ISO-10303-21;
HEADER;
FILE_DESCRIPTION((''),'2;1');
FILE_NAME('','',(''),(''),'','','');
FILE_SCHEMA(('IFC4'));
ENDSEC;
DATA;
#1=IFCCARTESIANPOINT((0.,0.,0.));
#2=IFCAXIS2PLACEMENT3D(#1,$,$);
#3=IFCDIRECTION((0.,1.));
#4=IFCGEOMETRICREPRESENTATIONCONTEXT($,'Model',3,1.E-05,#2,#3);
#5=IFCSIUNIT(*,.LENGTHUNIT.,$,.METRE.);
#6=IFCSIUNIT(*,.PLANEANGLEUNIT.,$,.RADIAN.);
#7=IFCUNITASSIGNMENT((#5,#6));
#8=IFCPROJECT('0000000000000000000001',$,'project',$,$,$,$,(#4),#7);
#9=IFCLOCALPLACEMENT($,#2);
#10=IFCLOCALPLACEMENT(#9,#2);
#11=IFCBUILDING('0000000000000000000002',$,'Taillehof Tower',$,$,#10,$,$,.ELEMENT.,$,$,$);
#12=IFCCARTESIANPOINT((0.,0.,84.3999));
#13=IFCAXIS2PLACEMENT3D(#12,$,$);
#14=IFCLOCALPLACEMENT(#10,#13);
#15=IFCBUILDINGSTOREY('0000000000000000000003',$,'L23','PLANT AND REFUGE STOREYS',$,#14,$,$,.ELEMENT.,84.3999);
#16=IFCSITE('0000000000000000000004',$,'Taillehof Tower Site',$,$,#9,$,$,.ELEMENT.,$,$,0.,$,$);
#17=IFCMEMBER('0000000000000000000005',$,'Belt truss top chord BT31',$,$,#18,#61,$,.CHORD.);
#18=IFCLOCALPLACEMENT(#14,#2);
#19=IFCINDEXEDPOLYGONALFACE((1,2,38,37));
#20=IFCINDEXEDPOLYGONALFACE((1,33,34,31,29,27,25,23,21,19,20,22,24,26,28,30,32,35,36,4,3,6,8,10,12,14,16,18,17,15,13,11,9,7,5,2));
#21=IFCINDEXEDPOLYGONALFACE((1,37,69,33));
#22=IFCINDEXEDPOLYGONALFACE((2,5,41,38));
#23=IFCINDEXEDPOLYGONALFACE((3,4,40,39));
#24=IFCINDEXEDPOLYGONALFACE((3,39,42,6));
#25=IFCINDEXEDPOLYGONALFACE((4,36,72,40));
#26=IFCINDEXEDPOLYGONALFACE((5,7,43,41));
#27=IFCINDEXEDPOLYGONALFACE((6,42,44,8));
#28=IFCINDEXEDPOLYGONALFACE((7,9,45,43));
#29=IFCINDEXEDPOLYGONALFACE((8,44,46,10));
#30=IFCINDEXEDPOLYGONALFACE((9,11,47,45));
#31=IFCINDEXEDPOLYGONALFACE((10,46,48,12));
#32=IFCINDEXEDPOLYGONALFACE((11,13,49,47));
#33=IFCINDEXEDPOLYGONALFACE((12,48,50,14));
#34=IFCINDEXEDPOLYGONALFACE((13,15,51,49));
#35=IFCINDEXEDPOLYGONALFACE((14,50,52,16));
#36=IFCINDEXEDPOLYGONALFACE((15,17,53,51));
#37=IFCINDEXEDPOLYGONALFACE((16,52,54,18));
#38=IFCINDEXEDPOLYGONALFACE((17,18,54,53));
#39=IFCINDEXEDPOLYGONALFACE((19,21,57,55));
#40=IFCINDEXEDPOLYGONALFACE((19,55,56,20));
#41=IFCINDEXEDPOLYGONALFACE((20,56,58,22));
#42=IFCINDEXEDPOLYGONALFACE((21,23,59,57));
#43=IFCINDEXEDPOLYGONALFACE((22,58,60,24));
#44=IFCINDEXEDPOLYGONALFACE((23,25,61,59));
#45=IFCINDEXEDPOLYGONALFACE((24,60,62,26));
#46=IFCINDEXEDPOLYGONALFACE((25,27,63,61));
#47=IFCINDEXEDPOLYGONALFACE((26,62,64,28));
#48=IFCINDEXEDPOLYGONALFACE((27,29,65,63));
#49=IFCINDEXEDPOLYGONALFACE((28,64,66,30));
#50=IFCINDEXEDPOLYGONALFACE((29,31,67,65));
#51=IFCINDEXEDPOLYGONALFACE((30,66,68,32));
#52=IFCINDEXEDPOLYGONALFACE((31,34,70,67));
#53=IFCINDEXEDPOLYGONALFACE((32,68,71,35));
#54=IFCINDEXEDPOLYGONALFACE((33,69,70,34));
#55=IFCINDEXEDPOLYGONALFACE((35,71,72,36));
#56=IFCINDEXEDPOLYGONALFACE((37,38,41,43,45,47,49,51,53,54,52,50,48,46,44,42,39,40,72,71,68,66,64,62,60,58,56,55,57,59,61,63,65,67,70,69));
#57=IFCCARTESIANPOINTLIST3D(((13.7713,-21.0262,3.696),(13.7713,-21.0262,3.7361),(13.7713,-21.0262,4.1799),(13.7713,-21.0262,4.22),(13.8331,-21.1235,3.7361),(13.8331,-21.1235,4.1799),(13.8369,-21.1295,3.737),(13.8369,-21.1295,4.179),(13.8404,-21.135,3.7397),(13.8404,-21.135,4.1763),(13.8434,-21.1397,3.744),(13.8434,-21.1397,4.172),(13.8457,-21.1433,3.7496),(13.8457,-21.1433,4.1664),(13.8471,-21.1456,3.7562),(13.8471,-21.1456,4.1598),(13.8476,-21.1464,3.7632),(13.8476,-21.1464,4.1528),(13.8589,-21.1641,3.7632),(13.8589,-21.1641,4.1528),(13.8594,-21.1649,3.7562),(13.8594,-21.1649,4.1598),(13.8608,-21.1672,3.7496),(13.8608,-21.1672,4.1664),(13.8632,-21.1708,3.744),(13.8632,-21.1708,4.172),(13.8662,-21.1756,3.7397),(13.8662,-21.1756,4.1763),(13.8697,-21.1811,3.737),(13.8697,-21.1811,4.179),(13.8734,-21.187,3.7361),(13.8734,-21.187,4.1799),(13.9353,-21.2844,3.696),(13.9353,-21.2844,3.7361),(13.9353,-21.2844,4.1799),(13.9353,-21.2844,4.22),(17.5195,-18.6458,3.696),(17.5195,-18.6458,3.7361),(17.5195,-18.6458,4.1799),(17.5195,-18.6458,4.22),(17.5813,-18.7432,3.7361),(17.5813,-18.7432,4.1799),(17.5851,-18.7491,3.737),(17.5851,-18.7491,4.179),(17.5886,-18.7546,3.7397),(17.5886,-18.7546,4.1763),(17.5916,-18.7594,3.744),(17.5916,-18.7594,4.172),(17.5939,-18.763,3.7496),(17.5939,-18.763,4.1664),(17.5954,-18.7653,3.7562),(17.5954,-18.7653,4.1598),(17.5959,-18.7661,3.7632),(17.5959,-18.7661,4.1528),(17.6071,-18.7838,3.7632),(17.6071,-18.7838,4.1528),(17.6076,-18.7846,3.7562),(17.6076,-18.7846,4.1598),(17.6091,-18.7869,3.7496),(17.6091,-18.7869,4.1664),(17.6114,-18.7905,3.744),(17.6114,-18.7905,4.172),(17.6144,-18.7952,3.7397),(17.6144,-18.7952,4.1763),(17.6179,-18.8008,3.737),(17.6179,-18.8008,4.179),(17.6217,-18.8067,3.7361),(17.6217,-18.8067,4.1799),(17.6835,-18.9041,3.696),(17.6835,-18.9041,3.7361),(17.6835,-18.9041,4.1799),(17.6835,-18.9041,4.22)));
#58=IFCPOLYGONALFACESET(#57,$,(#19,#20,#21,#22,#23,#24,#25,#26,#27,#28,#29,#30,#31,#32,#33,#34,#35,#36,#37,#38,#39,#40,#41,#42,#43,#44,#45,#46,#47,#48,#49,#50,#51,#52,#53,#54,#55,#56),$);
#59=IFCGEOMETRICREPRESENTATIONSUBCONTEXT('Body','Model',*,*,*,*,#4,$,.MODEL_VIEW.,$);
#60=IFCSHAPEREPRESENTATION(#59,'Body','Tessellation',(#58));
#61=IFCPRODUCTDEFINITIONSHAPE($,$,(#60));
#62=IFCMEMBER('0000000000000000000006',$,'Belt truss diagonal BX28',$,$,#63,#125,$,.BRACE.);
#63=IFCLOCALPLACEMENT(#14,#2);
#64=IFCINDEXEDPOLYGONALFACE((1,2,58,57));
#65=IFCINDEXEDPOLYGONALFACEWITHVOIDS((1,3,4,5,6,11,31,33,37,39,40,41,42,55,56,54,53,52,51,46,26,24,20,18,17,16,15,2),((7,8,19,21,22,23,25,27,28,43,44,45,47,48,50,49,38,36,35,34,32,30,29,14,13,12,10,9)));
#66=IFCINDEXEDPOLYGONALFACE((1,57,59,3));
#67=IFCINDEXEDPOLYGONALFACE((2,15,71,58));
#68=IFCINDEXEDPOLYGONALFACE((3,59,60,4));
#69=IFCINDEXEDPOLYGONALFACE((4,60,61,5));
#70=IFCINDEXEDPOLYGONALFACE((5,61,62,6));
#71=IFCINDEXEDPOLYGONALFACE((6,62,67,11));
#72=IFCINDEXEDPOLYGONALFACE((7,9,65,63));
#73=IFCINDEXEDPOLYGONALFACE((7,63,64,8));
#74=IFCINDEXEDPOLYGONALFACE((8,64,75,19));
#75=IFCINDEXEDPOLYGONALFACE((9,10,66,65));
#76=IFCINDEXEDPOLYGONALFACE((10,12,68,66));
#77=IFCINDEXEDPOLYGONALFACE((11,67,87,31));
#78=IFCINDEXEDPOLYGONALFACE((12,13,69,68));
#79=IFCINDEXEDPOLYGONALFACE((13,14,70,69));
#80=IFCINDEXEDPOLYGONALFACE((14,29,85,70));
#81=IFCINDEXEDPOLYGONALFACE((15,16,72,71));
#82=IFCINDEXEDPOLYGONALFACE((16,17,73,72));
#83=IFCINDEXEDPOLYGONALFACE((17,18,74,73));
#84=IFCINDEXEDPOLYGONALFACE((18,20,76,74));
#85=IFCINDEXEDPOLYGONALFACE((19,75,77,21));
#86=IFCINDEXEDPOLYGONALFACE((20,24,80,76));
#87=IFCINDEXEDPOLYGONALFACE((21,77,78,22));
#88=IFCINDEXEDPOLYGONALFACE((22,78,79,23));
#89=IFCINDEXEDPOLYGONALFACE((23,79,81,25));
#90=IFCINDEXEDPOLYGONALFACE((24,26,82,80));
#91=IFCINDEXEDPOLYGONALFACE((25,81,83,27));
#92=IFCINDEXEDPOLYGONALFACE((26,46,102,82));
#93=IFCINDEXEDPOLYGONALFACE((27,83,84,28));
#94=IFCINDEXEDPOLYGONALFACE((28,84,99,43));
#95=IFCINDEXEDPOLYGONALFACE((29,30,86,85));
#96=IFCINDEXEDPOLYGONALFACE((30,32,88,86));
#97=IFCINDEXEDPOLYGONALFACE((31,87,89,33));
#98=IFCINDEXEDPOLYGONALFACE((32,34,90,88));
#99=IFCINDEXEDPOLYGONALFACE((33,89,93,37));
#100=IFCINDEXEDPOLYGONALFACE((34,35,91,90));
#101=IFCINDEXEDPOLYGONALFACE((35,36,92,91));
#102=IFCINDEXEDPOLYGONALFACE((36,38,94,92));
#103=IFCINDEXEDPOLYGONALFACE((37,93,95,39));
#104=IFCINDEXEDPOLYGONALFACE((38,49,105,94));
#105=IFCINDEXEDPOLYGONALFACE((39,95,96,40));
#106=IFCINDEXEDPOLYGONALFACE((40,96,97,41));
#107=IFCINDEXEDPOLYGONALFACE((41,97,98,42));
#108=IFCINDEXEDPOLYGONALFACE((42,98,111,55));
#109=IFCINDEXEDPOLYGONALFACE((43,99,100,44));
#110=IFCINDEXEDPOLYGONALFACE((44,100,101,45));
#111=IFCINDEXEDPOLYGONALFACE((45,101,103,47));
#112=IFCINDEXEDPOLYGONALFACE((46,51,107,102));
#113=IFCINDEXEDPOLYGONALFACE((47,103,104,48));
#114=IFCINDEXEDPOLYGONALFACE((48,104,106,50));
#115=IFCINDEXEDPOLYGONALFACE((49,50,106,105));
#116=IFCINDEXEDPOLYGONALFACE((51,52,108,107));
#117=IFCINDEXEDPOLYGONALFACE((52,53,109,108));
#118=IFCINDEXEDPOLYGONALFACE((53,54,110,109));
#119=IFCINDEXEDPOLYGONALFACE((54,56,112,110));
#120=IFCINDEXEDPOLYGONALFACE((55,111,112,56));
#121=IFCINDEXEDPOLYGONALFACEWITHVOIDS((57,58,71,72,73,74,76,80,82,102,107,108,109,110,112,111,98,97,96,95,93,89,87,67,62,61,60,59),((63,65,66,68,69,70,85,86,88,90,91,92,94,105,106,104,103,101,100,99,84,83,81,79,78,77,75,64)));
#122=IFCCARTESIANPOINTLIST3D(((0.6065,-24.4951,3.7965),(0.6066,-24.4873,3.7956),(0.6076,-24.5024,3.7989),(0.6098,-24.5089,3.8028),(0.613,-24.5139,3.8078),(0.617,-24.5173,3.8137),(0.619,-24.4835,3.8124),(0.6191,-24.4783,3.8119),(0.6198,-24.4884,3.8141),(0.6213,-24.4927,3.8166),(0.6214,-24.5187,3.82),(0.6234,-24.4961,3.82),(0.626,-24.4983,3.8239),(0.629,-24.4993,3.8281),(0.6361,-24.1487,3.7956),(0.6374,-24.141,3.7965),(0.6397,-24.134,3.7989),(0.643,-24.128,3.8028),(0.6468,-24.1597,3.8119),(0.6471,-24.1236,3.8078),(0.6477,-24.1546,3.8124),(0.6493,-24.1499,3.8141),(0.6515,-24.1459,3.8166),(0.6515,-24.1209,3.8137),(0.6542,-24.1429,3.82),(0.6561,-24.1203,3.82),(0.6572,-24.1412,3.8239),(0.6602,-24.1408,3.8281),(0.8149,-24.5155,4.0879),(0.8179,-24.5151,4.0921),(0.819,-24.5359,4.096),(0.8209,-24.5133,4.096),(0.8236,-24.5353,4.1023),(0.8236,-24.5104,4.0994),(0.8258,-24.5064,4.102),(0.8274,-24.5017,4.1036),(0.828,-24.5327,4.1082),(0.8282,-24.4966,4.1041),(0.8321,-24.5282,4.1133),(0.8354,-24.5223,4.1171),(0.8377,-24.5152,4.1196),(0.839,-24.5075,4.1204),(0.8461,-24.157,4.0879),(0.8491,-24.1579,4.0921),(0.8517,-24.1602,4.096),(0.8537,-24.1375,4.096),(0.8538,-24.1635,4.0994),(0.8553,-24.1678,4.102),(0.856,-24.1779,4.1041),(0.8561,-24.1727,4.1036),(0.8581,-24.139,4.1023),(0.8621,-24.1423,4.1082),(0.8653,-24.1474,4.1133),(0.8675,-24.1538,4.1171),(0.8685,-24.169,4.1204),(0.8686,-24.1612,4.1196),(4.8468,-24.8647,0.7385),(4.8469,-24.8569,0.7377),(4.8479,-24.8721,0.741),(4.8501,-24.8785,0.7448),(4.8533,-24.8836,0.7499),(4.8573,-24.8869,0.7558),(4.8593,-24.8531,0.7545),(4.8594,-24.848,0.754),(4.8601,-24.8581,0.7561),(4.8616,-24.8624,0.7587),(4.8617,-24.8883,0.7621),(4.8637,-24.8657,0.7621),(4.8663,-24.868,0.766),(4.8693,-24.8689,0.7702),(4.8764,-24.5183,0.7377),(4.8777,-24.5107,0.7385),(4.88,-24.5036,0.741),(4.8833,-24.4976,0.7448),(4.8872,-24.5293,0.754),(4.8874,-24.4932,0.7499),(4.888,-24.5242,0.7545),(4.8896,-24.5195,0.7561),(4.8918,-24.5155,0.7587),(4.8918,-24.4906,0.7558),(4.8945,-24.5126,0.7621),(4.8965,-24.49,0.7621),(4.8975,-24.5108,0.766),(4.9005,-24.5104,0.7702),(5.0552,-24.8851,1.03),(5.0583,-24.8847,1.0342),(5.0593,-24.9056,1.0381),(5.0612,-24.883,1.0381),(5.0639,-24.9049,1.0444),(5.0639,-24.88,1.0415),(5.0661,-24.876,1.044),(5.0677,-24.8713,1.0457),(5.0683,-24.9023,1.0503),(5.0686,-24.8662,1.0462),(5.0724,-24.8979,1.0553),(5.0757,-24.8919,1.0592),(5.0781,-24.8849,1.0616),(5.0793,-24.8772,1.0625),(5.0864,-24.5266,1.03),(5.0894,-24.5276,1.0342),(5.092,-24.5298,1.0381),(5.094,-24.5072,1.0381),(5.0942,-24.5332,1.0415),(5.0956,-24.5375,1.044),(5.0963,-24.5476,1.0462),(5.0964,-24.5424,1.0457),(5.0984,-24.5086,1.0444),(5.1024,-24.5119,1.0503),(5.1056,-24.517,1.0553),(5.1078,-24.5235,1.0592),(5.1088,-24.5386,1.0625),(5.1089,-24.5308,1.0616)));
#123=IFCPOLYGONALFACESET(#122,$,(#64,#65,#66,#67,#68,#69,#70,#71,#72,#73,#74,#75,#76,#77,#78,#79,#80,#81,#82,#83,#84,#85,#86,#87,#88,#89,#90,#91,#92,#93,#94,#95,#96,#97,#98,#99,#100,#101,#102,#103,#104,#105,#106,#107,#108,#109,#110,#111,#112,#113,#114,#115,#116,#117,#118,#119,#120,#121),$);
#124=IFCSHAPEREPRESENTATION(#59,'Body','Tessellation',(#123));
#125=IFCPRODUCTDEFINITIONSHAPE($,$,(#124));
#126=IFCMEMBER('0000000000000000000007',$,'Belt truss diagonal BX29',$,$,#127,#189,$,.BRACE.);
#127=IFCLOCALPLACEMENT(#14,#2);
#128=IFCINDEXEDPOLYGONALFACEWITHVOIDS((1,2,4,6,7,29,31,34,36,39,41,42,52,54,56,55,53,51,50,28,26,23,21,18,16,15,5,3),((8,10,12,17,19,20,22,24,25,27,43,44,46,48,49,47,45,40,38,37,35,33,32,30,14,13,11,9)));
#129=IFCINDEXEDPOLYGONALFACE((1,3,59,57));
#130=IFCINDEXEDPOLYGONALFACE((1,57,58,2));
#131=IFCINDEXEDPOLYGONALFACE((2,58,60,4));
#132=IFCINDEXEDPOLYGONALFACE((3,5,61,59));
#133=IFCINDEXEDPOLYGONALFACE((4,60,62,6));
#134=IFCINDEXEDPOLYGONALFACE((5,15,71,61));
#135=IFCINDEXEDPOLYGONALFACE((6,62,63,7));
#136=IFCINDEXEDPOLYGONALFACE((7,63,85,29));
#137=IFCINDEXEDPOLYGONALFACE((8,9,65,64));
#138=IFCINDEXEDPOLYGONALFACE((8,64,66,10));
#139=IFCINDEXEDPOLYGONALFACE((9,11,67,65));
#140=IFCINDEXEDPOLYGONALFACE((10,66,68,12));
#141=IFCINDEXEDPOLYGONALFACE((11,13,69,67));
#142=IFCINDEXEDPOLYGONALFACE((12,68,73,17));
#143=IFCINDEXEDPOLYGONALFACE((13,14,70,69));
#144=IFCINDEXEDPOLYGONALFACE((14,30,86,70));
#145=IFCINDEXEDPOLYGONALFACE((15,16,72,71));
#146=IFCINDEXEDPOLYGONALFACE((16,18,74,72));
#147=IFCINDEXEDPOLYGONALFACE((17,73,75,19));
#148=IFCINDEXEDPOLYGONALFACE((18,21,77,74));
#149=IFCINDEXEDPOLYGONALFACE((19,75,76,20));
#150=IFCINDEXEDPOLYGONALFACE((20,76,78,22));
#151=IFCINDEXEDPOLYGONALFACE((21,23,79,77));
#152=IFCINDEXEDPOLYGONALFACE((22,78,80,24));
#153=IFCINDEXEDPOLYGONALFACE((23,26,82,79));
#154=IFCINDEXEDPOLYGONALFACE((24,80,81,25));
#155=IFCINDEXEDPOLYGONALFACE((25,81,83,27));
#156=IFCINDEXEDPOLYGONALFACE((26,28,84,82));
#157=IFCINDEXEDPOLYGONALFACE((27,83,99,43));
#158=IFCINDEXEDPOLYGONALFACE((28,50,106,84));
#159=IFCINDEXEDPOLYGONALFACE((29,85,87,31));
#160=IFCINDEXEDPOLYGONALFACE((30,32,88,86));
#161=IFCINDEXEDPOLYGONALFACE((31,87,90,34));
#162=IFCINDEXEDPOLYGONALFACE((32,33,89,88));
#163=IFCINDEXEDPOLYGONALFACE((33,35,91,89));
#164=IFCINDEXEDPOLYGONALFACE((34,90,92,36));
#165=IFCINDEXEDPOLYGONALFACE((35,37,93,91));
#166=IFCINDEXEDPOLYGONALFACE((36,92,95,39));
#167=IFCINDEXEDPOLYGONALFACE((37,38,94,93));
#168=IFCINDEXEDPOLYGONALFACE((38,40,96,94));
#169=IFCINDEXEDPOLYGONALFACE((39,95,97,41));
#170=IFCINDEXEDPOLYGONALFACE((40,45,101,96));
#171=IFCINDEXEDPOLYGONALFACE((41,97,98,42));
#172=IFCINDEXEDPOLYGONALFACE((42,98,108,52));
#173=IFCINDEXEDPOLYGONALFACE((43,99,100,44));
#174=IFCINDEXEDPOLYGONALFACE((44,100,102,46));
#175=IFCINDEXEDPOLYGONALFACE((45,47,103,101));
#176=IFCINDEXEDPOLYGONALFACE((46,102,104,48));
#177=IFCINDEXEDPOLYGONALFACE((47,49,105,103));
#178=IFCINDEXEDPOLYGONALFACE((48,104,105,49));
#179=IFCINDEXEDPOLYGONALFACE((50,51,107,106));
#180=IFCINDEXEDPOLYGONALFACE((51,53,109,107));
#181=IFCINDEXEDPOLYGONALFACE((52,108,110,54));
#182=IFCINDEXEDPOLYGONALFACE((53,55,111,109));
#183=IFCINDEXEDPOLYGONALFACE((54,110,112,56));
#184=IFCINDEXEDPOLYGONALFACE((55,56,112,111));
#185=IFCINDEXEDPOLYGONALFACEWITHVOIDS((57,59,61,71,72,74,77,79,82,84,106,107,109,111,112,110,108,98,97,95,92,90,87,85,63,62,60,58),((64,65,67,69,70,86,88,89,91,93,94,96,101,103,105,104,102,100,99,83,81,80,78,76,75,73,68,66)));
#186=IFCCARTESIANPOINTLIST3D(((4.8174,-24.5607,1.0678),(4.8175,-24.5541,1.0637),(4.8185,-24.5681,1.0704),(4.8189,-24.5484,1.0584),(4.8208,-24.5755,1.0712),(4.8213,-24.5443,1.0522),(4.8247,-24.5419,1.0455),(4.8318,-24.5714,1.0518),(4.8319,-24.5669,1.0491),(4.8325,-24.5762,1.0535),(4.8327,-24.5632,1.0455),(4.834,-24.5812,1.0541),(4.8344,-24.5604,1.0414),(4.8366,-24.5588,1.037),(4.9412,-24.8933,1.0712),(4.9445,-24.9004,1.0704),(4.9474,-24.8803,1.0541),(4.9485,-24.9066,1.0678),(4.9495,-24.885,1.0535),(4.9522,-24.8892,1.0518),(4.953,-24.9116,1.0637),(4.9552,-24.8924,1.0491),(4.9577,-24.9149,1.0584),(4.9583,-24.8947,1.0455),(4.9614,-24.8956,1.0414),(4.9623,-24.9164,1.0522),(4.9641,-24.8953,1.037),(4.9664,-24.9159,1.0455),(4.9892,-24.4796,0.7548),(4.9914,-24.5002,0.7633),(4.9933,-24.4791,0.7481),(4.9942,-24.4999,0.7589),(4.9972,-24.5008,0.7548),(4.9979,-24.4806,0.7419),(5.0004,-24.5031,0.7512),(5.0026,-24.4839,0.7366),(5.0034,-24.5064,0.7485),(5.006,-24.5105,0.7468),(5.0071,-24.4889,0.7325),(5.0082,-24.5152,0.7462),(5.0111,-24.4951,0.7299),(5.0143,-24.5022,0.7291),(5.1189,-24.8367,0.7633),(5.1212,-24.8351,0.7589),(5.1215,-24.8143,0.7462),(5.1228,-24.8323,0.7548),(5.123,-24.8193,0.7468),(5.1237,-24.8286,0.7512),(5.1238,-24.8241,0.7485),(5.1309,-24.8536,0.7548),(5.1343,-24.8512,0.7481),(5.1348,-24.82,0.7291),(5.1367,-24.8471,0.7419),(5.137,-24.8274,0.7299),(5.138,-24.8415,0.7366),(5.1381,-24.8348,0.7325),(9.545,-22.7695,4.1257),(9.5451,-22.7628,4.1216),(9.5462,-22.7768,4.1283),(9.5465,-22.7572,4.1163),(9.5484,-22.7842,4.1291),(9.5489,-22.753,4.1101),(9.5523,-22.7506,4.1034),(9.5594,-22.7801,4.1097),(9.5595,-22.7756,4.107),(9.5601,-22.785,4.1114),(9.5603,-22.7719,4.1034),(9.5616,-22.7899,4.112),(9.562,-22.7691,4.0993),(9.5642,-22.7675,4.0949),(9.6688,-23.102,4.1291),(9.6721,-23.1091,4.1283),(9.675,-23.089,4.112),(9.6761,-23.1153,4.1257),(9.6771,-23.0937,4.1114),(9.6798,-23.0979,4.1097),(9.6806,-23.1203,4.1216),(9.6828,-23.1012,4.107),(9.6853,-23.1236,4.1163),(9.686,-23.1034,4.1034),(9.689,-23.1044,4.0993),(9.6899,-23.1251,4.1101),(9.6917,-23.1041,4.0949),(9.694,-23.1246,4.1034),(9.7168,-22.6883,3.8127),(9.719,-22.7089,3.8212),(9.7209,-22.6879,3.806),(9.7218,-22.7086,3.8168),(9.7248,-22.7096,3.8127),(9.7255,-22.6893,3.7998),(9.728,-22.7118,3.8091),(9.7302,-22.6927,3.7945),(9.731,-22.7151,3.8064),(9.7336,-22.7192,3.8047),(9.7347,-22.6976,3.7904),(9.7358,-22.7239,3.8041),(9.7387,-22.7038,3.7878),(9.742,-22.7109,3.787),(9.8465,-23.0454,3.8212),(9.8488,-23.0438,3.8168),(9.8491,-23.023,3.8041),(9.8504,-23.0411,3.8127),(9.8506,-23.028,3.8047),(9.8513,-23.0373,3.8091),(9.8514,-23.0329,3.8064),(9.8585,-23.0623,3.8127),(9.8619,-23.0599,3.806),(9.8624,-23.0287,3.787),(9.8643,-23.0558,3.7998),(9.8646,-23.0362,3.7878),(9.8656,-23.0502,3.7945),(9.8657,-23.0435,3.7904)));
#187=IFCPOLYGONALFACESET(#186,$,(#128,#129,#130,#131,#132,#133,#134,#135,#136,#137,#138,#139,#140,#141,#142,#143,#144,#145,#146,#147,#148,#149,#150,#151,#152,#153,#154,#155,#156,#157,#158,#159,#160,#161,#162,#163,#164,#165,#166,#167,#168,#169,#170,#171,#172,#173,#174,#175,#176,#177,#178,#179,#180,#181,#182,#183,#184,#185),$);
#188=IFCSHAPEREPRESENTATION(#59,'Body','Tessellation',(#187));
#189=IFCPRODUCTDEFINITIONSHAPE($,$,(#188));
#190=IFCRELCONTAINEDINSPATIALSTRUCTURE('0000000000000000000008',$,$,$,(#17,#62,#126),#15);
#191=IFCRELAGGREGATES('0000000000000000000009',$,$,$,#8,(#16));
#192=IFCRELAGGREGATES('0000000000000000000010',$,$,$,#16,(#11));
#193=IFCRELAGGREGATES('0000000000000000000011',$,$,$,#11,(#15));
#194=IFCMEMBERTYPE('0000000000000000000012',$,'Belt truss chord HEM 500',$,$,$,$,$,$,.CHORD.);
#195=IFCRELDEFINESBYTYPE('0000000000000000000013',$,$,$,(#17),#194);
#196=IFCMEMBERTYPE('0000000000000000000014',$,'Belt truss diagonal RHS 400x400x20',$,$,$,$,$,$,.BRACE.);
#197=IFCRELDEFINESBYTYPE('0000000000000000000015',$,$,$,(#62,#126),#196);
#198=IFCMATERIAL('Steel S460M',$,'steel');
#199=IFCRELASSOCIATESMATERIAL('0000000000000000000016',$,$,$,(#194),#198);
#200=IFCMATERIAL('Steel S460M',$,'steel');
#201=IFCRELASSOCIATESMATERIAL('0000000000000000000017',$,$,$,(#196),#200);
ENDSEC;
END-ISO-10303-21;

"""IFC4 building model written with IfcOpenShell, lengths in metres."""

from ifc_helpers import new_model, si_unit, direction, frame, origin, origin_2d, place, context, subcontext, project, spatial, hollow_rectangle, i_section, extrude, material, material_profile, profile_set, type_object, element, save


model = new_model("IFC4")

# Units and contexts
model_context = context("Model", 3, precision=1e-05, world=origin(), true_north=direction((0.0, 1.0)))
body_context = subcontext(model_context, "Body", "Model", "MODEL_VIEW")
ifc_project = project(units=[si_unit("LENGTHUNIT", "METRE"), si_unit("PLANEANGLEUNIT", "RADIAN")], contexts=[model_context])

# Site, building, storey
site_placement = place(None, origin())
site = spatial("IfcSite", under=ifc_project, at=site_placement, Name="Taillehof Tower Site", CompositionType="ELEMENT", RefElevation=0.0)
building_placement = place(site_placement, origin())
building = spatial("IfcBuilding", under=site, at=building_placement, Name="Taillehof Tower", CompositionType="ELEMENT")
storey_placement = place(building_placement, frame((0.0, 0.0, 84.3999)))
storey = spatial("IfcBuildingStorey", under=building, at=storey_placement, Name="L23", Description="PLANT AND REFUGE STOREYS", CompositionType="ELEMENT", Elevation=84.3999)

# Members
ifc_material_1 = material(Name="Steel S460M", Category="steel")
ifc_material_profile_1 = material_profile(ifc_material_1, i_section(OverallWidth=0.3059, OverallDepth=0.5239, WebThickness=0.021, FlangeThickness=0.04, FilletRadius=0.0271, at=origin_2d()), Name="HEM 500")
ifc_profile_set_1 = profile_set([ifc_material_profile_1], Name="Steel S460M")
member_type_1 = type_object("IfcMemberType", Name="Belt truss chord HEM 500", PredefinedType="CHORD", material=ifc_profile_set_1)
member_1_placement = place(storey_placement, frame((13.8533, -21.1553, 3.958), z_axis=(0.844161, 0.536089, 0.0), x_axis=(-0.536089, 0.844161, 0.0)))
element("IfcMember", 1, at=member_1_placement, inside=storey, type_object=member_type_1, Name="Belt truss top chord BT31", PredefinedType="CHORD", context=body_context, shape_type="SweptSolid", body=[
    extrude(i_section(OverallWidth=0.3059, OverallDepth=0.5239, WebThickness=0.021, FlangeThickness=0.04, FilletRadius=0.0271, at=origin_2d()), origin(), (0.0, 0.0, 1.0), 4.4402),
])
ifc_material_2 = material(Name="Steel S460M", Category="steel")
ifc_material_profile_2 = material_profile(ifc_material_2, hollow_rectangle(XDim=0.3999, YDim=0.3999, WallThickness=0.02, InnerFilletRadius=0.02, OuterFilletRadius=0.03, at=origin_2d()), Name="RHS 400x400x20")
ifc_profile_set_2 = profile_set([ifc_material_profile_2], Name="Steel S460M")
member_type_2 = type_object("IfcMemberType", Name="Belt truss diagonal RHS 400x400x20", PredefinedType="BRACE", material=ifc_profile_set_2)
member_2_placement = place(storey_placement, frame((0.7375, -24.3281, 3.958), z_axis=(0.809071, -0.070528, -0.583464), x_axis=(0.086842, 0.996222, 0.0)))
element("IfcMember", 2, at=member_2_placement, inside=storey, type_object=member_type_2, Name="Belt truss diagonal BX28", PredefinedType="BRACE", context=body_context, shape_type="SweptSolid", body=[
    extrude(hollow_rectangle(XDim=0.3999, YDim=0.3999, WallThickness=0.02, InnerFilletRadius=0.02, OuterFilletRadius=0.03, at=origin_2d()), origin(), (0.0, 0.0, 1.0), 5.241),
])
member_3_placement = place(storey_placement, frame((4.9778, -24.6978, 0.9001), z_axis=(0.800144, 0.303174, 0.517548), x_axis=(-0.354318, 0.935125, 0.0)))
element("IfcMember", 3, at=member_3_placement, inside=storey, type_object=member_type_2, Name="Belt truss diagonal BX29", PredefinedType="BRACE", context=body_context, shape_type="SweptSolid", body=[
    extrude(hollow_rectangle(XDim=0.3999, YDim=0.3999, WallThickness=0.02, InnerFilletRadius=0.02, OuterFilletRadius=0.03, at=origin_2d()), origin(), (0.0, 0.0, 1.0), 5.9084),
])

save(model, "model.ifc")
